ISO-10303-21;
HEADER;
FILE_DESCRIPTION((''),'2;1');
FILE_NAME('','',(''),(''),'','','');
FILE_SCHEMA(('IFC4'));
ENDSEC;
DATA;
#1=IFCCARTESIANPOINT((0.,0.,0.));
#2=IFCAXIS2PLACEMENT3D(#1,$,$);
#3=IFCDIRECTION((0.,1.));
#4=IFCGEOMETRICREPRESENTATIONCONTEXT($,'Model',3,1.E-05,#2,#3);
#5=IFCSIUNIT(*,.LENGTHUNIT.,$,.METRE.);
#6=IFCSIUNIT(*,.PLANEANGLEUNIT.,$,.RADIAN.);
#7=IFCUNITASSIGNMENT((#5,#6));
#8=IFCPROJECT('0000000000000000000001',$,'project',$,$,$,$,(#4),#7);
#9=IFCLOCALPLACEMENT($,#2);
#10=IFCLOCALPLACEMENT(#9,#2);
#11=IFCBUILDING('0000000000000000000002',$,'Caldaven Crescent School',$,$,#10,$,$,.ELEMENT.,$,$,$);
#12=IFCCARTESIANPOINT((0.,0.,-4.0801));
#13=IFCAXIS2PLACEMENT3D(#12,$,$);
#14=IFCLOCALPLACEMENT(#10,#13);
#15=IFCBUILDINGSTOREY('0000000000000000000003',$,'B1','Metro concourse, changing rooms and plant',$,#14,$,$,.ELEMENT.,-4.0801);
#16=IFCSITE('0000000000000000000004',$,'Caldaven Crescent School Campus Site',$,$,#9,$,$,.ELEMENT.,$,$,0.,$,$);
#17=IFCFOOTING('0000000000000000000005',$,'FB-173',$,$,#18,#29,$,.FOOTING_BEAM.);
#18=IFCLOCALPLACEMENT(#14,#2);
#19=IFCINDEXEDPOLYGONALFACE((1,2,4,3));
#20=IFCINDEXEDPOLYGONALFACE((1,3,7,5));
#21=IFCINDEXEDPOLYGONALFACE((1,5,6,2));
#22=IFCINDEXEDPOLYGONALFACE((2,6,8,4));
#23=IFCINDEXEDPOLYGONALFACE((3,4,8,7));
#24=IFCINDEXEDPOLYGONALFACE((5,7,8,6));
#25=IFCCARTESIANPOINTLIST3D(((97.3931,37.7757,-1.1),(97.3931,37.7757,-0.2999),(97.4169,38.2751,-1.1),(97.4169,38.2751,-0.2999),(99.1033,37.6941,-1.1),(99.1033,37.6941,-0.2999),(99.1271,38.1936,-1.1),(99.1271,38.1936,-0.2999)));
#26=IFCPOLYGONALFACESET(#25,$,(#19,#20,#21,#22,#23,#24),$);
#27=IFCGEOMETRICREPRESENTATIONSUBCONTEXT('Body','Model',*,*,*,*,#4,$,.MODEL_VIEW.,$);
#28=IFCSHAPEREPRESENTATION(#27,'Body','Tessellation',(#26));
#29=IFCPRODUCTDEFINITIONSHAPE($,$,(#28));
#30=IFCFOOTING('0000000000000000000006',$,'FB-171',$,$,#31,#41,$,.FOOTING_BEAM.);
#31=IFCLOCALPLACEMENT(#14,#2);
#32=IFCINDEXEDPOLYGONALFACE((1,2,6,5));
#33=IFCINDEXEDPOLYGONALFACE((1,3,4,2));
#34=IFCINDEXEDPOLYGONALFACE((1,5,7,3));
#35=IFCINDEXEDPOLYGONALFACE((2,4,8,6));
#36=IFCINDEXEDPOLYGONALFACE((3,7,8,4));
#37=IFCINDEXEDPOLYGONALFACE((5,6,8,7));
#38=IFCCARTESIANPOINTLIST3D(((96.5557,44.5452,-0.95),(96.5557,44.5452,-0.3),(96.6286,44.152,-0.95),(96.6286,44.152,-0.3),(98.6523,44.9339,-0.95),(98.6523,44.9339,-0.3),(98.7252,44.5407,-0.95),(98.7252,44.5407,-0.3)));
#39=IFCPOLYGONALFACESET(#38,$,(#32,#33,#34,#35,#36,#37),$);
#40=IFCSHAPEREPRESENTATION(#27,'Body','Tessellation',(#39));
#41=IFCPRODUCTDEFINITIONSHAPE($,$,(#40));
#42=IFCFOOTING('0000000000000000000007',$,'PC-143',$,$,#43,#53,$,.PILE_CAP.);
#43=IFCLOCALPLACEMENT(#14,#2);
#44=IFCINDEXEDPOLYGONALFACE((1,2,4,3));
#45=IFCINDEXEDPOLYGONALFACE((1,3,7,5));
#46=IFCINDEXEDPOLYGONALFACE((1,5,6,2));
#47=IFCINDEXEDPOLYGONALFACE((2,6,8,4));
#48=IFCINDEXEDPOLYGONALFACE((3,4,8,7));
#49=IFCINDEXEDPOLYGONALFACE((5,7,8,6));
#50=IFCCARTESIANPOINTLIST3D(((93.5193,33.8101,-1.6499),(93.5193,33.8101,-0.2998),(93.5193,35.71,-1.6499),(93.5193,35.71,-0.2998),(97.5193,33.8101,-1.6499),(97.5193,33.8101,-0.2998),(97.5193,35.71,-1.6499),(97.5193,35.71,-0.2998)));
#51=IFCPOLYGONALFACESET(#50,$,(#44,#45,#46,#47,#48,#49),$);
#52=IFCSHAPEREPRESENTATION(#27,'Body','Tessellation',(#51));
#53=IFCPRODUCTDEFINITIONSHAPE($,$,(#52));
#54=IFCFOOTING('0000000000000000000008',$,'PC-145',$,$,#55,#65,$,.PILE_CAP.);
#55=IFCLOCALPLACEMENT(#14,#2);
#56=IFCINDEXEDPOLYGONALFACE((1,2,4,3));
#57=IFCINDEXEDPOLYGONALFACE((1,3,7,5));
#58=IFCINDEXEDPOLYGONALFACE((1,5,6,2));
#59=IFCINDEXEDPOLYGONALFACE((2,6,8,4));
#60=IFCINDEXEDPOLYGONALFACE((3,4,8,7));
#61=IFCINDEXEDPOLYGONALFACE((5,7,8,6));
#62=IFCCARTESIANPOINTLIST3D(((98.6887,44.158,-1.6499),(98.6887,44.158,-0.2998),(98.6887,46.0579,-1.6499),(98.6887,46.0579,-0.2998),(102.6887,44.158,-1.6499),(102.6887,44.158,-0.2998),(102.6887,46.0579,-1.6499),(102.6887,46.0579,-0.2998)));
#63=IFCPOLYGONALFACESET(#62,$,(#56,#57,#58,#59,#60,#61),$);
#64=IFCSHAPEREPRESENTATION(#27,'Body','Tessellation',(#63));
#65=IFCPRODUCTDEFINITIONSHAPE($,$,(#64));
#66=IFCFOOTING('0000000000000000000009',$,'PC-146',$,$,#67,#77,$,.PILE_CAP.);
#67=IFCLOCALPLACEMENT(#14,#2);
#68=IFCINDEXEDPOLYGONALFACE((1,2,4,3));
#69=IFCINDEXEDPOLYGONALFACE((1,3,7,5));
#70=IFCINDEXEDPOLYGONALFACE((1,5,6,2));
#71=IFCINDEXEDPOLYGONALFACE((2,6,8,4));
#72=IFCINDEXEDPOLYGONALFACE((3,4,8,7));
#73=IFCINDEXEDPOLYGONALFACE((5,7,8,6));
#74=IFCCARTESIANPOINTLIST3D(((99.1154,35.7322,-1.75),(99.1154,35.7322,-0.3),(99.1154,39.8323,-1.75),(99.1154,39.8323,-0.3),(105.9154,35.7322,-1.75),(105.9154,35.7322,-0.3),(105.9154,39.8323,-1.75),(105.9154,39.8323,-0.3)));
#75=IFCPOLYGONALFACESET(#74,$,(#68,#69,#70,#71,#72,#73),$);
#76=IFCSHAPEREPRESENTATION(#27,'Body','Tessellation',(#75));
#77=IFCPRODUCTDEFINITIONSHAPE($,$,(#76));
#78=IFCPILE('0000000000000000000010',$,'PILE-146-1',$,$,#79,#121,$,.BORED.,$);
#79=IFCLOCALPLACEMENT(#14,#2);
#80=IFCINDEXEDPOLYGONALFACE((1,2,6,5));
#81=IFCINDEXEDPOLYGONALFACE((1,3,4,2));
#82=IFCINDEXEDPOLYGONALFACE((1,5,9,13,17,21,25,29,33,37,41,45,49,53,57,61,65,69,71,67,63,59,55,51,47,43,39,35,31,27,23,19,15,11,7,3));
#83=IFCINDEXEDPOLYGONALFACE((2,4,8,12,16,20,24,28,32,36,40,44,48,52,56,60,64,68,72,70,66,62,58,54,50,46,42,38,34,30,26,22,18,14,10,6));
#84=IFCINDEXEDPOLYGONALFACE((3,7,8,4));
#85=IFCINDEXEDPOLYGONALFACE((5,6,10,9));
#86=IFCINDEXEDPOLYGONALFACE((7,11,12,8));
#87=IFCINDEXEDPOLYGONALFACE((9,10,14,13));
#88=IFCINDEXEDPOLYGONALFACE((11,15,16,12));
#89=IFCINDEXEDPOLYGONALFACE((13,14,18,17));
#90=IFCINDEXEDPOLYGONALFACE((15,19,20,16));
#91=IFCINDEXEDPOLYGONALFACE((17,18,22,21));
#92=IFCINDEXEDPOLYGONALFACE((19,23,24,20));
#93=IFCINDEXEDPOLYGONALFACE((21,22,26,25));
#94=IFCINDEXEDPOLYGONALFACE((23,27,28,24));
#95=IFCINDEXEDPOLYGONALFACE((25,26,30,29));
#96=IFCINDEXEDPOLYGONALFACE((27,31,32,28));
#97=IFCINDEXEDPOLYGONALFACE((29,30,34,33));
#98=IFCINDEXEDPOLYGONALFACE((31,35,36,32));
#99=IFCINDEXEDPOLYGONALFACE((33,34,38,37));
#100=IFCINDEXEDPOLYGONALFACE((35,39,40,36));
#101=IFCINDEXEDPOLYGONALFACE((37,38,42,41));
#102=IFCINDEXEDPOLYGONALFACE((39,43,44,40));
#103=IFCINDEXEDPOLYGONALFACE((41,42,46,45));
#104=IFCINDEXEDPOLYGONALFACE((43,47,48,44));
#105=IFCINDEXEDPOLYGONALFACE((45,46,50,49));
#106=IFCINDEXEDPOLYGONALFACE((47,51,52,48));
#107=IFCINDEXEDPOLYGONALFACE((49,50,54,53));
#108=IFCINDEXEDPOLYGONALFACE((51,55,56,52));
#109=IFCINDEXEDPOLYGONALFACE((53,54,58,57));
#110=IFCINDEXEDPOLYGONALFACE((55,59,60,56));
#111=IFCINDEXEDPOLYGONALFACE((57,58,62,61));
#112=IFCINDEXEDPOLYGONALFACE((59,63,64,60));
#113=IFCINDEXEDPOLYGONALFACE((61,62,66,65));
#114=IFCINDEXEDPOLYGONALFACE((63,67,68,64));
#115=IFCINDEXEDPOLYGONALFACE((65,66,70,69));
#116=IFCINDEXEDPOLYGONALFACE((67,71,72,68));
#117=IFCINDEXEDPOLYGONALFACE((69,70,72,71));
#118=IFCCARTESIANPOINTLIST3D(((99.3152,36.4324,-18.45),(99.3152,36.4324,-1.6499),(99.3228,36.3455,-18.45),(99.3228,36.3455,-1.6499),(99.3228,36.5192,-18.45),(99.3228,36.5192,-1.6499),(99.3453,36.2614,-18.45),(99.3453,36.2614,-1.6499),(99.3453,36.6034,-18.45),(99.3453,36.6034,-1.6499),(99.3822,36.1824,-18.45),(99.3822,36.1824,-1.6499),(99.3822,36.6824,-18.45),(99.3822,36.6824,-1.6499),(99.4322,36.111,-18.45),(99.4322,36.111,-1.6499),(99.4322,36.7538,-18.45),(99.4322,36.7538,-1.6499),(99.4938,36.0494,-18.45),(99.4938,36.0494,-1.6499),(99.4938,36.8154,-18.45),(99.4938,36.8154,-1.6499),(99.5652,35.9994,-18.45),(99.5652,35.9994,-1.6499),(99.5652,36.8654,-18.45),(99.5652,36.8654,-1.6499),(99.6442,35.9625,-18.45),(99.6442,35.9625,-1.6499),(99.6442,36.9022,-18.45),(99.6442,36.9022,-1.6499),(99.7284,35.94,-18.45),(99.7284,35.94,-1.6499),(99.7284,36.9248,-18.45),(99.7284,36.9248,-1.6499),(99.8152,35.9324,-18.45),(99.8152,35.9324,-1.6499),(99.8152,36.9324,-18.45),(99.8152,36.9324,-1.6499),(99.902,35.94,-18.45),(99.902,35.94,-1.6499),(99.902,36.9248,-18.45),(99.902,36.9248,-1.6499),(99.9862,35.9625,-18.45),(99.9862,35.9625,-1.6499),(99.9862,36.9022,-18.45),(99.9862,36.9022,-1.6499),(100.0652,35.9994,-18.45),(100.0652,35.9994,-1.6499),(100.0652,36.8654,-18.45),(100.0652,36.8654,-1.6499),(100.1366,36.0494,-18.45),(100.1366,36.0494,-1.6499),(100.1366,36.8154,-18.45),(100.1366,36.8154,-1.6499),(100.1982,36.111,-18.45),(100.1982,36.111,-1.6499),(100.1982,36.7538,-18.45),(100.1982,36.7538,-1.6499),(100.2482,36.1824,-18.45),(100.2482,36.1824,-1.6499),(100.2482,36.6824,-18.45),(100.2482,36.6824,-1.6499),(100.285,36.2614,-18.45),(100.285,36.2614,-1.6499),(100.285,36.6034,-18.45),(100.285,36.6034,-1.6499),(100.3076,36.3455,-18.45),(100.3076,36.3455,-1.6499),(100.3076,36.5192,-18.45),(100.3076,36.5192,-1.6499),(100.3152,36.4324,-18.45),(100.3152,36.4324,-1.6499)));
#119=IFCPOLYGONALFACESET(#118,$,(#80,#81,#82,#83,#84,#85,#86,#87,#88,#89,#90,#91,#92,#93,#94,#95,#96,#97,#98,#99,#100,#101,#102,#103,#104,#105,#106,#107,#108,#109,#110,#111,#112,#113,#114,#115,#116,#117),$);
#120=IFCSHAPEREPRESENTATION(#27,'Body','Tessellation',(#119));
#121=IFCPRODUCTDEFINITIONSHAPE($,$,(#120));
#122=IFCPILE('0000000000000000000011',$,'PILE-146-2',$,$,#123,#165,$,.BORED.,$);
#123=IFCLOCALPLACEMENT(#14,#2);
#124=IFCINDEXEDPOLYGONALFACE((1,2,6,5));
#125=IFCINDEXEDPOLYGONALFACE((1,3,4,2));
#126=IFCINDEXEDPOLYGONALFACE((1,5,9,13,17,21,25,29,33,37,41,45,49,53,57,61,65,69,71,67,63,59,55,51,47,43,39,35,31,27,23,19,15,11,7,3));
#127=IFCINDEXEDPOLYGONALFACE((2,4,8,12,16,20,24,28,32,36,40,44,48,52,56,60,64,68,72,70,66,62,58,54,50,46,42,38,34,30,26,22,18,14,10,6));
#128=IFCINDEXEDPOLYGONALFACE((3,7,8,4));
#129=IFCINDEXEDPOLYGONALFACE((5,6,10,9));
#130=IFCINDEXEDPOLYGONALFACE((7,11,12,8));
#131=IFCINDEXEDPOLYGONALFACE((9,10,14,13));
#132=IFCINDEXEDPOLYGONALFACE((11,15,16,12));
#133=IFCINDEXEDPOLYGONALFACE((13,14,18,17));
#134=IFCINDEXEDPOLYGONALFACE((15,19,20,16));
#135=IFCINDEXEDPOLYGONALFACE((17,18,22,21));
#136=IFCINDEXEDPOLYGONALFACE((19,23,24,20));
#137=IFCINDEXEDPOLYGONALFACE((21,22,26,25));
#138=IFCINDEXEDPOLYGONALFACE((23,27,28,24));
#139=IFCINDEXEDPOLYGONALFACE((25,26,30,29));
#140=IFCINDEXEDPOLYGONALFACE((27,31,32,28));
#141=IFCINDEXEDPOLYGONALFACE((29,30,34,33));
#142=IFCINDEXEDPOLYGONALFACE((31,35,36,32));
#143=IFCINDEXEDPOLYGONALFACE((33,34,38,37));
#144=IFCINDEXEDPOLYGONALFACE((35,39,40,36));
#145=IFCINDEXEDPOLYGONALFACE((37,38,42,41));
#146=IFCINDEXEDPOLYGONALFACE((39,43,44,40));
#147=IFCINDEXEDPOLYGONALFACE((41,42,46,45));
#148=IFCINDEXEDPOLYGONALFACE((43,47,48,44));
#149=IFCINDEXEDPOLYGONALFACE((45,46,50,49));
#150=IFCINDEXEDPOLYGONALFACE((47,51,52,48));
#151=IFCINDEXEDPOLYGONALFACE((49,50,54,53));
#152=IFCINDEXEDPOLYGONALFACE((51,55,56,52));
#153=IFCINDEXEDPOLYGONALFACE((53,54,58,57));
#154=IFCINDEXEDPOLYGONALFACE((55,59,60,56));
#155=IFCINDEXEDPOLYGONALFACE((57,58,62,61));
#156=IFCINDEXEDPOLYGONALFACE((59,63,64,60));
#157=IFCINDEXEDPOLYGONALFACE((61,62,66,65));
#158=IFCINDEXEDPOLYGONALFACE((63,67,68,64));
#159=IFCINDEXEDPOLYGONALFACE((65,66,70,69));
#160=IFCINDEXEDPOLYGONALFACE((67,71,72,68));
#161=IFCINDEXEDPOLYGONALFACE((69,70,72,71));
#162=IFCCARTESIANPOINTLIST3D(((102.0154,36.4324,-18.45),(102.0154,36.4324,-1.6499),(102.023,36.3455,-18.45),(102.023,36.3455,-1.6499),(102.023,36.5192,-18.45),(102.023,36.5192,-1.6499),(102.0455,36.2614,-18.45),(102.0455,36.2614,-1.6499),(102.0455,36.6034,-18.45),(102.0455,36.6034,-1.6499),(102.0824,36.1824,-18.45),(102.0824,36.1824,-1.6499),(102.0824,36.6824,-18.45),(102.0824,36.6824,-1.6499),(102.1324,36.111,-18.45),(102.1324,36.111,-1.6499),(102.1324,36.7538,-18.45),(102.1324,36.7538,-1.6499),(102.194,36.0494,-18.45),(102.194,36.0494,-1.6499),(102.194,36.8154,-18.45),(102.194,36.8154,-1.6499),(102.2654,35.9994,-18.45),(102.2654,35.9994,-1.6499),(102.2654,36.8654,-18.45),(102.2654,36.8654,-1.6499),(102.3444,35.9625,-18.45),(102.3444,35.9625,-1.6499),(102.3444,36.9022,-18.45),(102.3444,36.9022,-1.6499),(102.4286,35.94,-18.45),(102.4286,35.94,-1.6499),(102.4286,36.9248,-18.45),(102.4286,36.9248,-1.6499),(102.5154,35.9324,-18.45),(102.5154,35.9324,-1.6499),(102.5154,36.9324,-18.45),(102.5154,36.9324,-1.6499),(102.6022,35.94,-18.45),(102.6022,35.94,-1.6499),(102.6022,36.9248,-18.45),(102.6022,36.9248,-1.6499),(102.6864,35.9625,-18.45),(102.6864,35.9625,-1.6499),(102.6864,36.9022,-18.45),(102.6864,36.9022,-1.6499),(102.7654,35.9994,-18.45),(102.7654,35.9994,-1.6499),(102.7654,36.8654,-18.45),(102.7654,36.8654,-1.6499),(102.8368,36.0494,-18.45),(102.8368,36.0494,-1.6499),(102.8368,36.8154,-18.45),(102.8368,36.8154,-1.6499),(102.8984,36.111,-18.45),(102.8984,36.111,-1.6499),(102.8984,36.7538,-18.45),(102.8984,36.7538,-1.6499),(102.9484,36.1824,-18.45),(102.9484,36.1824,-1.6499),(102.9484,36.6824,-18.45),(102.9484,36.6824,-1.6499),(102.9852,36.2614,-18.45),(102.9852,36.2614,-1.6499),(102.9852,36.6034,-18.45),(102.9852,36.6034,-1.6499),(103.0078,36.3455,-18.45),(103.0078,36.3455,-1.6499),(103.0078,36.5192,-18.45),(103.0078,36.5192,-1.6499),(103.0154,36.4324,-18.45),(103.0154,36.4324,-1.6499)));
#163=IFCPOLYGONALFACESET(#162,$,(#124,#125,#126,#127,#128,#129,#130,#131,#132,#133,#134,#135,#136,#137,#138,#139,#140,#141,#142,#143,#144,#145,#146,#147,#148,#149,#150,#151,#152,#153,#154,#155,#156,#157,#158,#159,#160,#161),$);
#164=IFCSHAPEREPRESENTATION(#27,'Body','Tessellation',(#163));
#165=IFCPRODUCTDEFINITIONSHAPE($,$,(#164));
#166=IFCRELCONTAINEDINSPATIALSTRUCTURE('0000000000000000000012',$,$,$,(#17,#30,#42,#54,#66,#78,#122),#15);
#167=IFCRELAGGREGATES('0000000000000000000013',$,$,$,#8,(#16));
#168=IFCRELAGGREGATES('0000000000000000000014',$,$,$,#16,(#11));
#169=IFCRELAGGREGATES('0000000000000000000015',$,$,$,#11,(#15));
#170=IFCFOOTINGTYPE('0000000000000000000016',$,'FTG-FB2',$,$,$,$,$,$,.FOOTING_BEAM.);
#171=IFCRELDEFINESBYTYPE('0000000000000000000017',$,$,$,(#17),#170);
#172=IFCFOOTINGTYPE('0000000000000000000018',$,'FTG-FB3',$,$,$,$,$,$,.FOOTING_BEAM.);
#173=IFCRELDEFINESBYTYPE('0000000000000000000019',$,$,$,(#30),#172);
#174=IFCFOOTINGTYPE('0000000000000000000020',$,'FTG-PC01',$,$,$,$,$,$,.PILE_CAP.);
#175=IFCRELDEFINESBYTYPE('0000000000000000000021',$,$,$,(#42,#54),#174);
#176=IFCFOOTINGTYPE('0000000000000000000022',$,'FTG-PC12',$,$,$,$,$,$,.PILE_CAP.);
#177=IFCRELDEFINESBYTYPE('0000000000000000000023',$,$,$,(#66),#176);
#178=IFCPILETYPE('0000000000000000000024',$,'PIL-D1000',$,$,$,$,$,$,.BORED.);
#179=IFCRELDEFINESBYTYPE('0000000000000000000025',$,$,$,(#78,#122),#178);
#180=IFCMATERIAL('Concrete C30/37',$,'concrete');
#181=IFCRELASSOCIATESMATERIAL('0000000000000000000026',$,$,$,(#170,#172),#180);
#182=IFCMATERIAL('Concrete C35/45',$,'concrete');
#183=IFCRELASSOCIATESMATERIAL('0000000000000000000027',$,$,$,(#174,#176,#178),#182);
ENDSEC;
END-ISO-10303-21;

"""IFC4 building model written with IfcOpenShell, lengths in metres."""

from ifc_helpers import new_model, si_unit, direction, frame, origin, origin_2d, place, context, subcontext, project, spatial, rectangle, circle, extrude, material, material_profile, profile_set, type_object, element, save


model = new_model("IFC4")

# Units and contexts
model_context = context("Model", 3, precision=1e-05, world=origin(), true_north=direction((0.0, 1.0)))
body_context = subcontext(model_context, "Body", "Model", "MODEL_VIEW")
ifc_project = project(units=[si_unit("LENGTHUNIT", "METRE"), si_unit("PLANEANGLEUNIT", "RADIAN")], contexts=[model_context])

# Site, building, storey
site_placement = place(None, origin())
site = spatial("IfcSite", under=ifc_project, at=site_placement, Name="Caldaven Crescent School Campus Site", CompositionType="ELEMENT", RefElevation=0.0)
building_placement = place(site_placement, origin())
building = spatial("IfcBuilding", under=site, at=building_placement, Name="Caldaven Crescent School", CompositionType="ELEMENT")
storey_placement = place(building_placement, frame((0.0, 0.0, -4.0801)))
storey = spatial("IfcBuildingStorey", under=building, at=storey_placement, Name="B1", Description="Metro concourse, changing rooms and plant", CompositionType="ELEMENT", Elevation=-4.0801)

# Footings
ifc_material_1 = material(Name="Concrete C30/37", Category="concrete")
ifc_material_profile_1 = material_profile(ifc_material_1, rectangle(XDim=0.5, YDim=0.8, at=origin_2d()), Name="FB 500x800")
ifc_profile_set_1 = profile_set([ifc_material_profile_1], Name="Concrete C30/37")
footing_type_1 = type_object("IfcFootingType", Name="FTG-FB2", PredefinedType="FOOTING_BEAM", material=ifc_profile_set_1)
footing_1_placement = place(storey_placement, frame((99.1152, 37.9438, -0.7), z_axis=(-0.998865, 0.047626, 0.0), x_axis=(-0.047626, -0.998865, 0.0)))
element("IfcFooting", 1, at=footing_1_placement, inside=storey, type_object=footing_type_1, Name="FB-173", PredefinedType="FOOTING_BEAM", context=body_context, shape_type="SweptSolid", body=[
    extrude(rectangle(XDim=0.5, YDim=0.8, at=origin_2d()), origin(), (0.0, 0.0, 1.0), 1.7122),
])
ifc_material_profile_2 = material_profile(ifc_material_1, rectangle(XDim=0.3999, YDim=0.6499, at=origin_2d()), Name="FB 400x650")
ifc_profile_set_2 = profile_set([ifc_material_profile_2], Name="Concrete C30/37")
footing_type_2 = type_object("IfcFootingType", Name="FTG-FB3", PredefinedType="FOOTING_BEAM", material=ifc_profile_set_2)
footing_2_placement = place(storey_placement, frame((98.6887, 44.7373, -0.625), z_axis=(-0.983249, -0.18227, 0.0), x_axis=(0.18227, -0.983249, 0.0)))
element("IfcFooting", 2, at=footing_2_placement, inside=storey, type_object=footing_type_2, Name="FB-171", PredefinedType="FOOTING_BEAM", context=body_context, shape_type="SweptSolid", body=[
    extrude(rectangle(XDim=0.3999, YDim=0.6499, at=origin_2d()), origin(), (0.0, 0.0, 1.0), 2.1323),
])
ifc_material_2 = material(Name="Concrete C35/45", Category="concrete")
footing_type_3 = type_object("IfcFootingType", Name="FTG-PC01", PredefinedType="PILE_CAP", material=ifc_material_2)
for number, where, z_axis, x_axis, name in (
    (3, (95.5193, 34.76, -1.6499), (0.0, 0.0, 1.0), (1.0, 0.0, 0.0), "PC-143"),
    (4, (100.6887, 45.1079, -1.6499), (0.0, 0.0, 1.0), (1.0, 0.0, 0.0), "PC-145"),
):
    element("IfcFooting", number, at=place(storey_placement, frame(where, z_axis=z_axis, x_axis=x_axis)), inside=storey, type_object=footing_type_3, Name=name, PredefinedType="PILE_CAP", context=body_context, shape_type="SweptSolid", body=[
        extrude(rectangle(XDim=4.0, YDim=1.8999, at=origin_2d()), origin(), (0.0, 0.0, 1.0), 1.3501),
    ])
footing_type_4 = type_object("IfcFootingType", Name="FTG-PC12", PredefinedType="PILE_CAP", material=ifc_material_2)
footing_3_placement = place(storey_placement, frame((102.5154, 37.7822, -1.75), z_axis=(0.0, 0.0, 1.0), x_axis=(1.0, 0.0, 0.0)))
element("IfcFooting", 5, at=footing_3_placement, inside=storey, type_object=footing_type_4, Name="PC-146", PredefinedType="PILE_CAP", context=body_context, shape_type="SweptSolid", body=[
    extrude(rectangle(XDim=6.8, YDim=4.1001, at=origin_2d()), origin(), (0.0, 0.0, 1.0), 1.45),
])

# Piles
ifc_material_profile_3 = material_profile(ifc_material_2, circle(Radius=0.5, at=origin_2d()), Name="PILE D1000")
ifc_profile_set_3 = profile_set([ifc_material_profile_3], Name="Concrete C35/45")
pile_type_1 = type_object("IfcPileType", Name="PIL-D1000", PredefinedType="BORED", material=ifc_profile_set_3)
for number, where, z_axis, x_axis, name in (
    (6, (99.8152, 36.4324, -1.6499), (0.0, 0.0, -1.0), (1.0, 0.0, 0.0), "PILE-146-1"),
    (7, (102.5154, 36.4324, -1.6499), (0.0, 0.0, -1.0), (1.0, 0.0, 0.0), "PILE-146-2"),
):
    element("IfcPile", number, at=place(storey_placement, frame(where, z_axis=z_axis, x_axis=x_axis)), inside=storey, type_object=pile_type_1, Name=name, PredefinedType="BORED", context=body_context, shape_type="SweptSolid", body=[
        extrude(circle(Radius=0.5, at=origin_2d()), origin(), (0.0, 0.0, 1.0), 16.8),
    ])

save(model, "model.ifc")
